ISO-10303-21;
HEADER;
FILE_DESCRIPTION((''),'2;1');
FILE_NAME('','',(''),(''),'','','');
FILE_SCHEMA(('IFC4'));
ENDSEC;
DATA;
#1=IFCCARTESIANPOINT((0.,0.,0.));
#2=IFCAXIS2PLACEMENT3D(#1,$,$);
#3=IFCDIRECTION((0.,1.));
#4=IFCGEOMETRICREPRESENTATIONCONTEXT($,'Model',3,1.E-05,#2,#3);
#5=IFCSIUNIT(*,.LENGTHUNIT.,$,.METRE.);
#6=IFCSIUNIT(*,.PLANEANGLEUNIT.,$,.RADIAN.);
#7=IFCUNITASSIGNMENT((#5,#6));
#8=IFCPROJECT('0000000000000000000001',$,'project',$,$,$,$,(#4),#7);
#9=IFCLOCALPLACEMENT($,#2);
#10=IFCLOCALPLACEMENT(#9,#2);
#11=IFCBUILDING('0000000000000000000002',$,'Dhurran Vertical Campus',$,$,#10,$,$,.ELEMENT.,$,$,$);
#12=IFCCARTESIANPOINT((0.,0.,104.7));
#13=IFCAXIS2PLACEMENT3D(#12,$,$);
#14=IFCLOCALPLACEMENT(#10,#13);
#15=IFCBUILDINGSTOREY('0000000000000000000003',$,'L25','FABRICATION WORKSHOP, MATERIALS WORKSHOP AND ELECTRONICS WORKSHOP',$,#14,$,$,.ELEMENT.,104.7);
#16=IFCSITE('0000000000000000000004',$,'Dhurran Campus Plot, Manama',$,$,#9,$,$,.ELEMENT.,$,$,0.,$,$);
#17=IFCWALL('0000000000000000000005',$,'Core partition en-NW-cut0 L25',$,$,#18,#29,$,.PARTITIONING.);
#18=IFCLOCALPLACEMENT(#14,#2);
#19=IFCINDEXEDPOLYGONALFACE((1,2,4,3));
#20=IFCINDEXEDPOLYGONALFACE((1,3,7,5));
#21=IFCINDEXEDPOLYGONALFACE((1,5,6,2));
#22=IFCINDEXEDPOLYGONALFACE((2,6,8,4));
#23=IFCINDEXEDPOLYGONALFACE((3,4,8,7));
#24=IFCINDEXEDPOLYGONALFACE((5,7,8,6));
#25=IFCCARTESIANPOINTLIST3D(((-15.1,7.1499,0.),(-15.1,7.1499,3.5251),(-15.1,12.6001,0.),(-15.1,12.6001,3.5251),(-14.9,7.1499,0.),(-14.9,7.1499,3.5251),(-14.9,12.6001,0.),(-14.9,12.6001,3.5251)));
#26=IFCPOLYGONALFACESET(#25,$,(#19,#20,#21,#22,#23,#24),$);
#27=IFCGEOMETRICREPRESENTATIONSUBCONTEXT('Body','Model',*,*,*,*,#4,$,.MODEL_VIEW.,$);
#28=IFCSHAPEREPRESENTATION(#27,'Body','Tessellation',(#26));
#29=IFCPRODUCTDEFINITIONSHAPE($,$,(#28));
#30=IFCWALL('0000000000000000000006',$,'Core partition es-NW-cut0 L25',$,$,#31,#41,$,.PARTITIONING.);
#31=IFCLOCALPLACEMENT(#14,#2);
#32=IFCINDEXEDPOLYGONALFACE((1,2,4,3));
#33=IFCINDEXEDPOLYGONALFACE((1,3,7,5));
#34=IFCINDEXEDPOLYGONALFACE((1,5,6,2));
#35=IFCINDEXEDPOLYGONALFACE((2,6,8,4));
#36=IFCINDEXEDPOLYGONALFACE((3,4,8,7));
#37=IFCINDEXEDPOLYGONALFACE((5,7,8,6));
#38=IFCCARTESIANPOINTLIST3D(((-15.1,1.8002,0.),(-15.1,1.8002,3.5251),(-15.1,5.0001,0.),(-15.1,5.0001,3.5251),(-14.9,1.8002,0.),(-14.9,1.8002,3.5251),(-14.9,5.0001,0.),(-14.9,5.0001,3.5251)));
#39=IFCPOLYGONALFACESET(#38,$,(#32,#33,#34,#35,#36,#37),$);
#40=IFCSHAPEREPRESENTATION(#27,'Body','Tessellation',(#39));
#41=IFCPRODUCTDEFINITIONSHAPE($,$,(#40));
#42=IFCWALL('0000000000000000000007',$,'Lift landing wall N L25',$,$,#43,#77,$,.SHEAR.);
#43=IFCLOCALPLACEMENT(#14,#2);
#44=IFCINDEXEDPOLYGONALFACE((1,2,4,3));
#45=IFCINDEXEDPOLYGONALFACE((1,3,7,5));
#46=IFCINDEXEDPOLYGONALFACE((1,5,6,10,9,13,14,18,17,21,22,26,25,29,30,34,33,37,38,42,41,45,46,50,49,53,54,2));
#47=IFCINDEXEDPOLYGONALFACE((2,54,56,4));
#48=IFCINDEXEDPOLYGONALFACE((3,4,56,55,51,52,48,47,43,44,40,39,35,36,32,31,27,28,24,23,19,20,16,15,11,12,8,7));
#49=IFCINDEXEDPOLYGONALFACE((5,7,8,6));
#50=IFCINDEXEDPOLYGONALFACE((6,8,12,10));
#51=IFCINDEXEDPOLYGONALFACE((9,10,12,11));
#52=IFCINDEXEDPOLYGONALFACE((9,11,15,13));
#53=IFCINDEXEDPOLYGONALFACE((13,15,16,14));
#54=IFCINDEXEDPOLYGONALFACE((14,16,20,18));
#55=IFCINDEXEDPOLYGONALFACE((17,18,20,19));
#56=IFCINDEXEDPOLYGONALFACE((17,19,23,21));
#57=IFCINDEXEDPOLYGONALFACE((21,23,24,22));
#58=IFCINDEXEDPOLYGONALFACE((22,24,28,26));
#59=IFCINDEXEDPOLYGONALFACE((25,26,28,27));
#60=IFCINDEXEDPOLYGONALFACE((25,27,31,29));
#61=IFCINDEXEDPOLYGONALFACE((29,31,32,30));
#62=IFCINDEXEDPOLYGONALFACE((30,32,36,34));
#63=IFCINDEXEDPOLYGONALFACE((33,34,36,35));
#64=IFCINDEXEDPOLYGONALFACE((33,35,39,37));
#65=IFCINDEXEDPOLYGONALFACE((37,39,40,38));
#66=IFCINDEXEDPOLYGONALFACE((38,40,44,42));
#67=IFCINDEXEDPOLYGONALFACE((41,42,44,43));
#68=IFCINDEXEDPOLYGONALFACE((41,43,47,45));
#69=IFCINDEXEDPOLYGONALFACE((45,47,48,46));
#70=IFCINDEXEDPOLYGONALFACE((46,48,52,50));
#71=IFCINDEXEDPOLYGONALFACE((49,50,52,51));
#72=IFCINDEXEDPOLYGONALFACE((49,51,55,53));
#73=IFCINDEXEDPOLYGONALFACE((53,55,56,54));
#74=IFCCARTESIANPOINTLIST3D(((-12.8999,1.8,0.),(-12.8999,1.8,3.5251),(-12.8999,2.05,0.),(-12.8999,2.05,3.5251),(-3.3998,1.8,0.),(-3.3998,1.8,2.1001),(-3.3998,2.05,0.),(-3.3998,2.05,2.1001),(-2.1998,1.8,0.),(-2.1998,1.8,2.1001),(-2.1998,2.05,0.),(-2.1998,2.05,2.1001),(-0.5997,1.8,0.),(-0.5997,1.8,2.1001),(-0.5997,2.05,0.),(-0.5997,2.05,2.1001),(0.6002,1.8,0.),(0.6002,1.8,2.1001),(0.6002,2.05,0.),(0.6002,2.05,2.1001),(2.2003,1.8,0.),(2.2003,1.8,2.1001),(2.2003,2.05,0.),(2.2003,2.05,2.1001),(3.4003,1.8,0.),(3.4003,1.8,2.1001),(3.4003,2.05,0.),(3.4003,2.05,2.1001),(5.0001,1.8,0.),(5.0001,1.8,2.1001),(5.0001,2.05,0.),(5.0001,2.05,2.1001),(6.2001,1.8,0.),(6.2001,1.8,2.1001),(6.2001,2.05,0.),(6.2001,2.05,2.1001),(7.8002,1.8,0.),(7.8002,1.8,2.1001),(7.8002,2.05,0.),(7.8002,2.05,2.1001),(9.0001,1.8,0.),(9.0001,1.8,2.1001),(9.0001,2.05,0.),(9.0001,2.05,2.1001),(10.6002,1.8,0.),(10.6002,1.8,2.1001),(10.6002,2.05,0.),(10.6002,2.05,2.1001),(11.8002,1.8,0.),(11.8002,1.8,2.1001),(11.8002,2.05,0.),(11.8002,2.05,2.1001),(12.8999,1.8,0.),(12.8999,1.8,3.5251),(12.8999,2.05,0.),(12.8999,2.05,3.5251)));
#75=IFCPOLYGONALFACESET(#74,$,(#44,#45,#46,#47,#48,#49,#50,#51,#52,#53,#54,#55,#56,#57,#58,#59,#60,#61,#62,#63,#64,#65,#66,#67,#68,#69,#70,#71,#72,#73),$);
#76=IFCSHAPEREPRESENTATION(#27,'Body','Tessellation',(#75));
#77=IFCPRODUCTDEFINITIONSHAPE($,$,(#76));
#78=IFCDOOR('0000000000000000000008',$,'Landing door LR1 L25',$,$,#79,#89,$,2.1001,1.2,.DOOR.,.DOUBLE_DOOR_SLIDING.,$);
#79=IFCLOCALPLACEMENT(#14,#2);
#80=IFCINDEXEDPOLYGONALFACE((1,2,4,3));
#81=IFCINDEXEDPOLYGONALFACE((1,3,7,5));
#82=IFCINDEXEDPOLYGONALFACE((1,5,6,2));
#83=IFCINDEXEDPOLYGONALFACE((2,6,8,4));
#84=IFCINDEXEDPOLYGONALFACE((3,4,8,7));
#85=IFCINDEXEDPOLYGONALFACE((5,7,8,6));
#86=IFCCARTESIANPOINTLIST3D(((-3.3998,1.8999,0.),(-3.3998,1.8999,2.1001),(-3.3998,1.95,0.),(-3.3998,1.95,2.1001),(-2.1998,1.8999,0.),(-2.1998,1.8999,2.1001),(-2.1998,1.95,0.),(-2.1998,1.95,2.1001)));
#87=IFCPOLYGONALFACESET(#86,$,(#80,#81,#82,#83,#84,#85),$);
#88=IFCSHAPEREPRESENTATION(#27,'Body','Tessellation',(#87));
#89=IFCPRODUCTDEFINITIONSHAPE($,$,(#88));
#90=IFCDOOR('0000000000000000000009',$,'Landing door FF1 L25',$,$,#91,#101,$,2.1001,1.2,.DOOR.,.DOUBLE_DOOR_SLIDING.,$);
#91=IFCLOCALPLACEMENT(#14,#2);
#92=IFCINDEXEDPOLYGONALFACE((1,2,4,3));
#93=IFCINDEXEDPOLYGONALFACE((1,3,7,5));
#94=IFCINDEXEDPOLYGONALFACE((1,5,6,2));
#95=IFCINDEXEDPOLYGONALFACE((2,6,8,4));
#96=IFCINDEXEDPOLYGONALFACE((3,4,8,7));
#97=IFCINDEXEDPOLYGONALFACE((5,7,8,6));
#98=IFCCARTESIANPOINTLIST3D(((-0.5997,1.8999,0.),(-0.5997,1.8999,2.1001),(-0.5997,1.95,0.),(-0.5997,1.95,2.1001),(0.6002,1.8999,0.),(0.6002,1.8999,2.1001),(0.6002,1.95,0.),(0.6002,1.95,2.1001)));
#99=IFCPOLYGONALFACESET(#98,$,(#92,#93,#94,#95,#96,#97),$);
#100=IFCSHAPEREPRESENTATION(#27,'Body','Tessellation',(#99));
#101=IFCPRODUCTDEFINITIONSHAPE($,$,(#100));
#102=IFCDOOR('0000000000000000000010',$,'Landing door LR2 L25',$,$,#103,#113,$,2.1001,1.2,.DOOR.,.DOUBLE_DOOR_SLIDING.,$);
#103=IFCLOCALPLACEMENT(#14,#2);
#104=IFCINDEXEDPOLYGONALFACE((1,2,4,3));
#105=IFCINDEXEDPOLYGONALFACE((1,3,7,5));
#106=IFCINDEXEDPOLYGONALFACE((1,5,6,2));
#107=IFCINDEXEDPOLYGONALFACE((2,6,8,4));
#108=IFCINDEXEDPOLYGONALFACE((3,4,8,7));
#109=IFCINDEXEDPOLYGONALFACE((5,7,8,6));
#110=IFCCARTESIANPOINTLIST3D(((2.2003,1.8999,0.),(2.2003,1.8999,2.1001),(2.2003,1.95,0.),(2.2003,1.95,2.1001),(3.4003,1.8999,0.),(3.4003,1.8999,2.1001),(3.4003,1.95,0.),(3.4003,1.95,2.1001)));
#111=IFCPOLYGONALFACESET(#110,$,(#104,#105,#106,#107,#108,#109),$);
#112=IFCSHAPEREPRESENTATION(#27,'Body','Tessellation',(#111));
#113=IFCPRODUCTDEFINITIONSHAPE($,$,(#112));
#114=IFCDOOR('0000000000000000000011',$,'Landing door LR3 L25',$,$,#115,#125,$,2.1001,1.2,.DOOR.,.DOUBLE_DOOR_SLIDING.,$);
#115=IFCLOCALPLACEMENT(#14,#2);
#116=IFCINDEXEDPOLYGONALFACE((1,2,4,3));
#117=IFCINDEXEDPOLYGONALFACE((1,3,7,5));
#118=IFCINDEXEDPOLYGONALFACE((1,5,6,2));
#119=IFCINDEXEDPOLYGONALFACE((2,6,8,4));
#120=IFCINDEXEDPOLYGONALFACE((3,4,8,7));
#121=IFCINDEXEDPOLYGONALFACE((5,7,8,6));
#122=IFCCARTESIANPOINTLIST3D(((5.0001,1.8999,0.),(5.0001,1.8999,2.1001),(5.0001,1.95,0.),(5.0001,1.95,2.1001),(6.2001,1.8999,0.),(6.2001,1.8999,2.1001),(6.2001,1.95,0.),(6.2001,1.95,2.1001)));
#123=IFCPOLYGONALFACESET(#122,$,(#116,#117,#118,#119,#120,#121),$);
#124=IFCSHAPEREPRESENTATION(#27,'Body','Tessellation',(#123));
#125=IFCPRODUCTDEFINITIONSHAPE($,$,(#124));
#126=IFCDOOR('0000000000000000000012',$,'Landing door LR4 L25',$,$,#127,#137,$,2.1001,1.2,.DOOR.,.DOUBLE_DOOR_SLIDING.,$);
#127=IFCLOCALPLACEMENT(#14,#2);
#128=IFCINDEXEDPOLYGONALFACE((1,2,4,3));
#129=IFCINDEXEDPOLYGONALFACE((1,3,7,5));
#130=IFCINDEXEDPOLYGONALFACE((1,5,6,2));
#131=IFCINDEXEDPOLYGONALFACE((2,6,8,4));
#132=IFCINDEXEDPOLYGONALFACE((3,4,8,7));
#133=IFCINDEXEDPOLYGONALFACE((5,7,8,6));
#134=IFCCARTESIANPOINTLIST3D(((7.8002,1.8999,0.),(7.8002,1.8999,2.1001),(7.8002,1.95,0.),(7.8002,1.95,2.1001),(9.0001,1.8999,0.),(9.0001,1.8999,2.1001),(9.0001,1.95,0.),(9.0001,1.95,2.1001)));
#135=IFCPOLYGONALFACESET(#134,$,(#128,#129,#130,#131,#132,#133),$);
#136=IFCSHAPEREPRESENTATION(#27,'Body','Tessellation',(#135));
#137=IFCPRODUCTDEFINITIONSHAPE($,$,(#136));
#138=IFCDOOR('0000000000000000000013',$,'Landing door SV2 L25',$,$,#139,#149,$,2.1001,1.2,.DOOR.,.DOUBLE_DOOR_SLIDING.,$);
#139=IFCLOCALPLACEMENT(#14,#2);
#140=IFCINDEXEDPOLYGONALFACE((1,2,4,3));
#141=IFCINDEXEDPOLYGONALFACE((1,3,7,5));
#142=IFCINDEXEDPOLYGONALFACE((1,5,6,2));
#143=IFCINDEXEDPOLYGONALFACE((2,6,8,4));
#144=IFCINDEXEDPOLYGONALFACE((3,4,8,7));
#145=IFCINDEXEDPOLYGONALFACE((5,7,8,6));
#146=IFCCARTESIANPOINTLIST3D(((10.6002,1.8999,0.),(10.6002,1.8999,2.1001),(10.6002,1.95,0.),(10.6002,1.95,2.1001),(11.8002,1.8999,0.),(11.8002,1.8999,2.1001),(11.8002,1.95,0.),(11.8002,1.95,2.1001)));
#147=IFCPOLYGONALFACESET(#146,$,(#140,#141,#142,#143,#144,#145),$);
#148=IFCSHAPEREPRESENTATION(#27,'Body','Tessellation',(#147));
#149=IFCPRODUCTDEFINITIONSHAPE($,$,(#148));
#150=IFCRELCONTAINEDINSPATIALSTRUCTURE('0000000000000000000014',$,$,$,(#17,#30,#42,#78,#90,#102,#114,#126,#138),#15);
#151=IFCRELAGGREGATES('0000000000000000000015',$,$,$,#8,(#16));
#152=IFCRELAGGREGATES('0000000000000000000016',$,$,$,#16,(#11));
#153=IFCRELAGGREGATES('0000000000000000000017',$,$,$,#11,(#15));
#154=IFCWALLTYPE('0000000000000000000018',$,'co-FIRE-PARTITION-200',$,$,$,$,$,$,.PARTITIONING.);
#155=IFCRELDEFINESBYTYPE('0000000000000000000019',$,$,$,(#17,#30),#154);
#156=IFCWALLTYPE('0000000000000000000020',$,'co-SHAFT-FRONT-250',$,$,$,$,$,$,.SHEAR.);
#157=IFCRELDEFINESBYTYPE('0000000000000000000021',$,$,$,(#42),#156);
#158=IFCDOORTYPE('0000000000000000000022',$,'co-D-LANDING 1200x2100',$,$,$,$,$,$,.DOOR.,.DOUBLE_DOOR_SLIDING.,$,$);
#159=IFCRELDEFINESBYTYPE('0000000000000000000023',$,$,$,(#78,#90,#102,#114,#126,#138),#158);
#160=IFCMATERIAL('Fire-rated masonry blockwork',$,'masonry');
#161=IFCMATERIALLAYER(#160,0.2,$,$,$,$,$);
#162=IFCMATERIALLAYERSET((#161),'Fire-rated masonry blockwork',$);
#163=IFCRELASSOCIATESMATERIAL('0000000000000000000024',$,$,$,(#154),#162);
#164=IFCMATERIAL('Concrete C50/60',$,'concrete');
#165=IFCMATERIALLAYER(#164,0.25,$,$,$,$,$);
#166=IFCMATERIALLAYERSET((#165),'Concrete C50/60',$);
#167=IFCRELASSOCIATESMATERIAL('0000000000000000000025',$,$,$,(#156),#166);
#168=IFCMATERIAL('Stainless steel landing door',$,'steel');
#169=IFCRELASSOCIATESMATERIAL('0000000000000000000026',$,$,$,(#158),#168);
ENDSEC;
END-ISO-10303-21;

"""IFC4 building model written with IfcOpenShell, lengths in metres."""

from ifc_helpers import new_model, si_unit, direction, frame, frame_2d, origin, place, context, subcontext, project, spatial, rectangle, extrude, material, layer, layer_set, type_object, element, fill, save


model = new_model("IFC4")

# Units and contexts
model_context = context("Model", 3, precision=1e-05, world=origin(), true_north=direction((0.0, 1.0)))
body_context = subcontext(model_context, "Body", "Model", "MODEL_VIEW")
ifc_project = project(units=[si_unit("LENGTHUNIT", "METRE"), si_unit("PLANEANGLEUNIT", "RADIAN")], contexts=[model_context])

# Site, building, storey
site_placement = place(None, origin())
site = spatial("IfcSite", under=ifc_project, at=site_placement, Name="Dhurran Campus Plot, Manama", CompositionType="ELEMENT", RefElevation=0.0)
building_placement = place(site_placement, origin())
building = spatial("IfcBuilding", under=site, at=building_placement, Name="Dhurran Vertical Campus", CompositionType="ELEMENT")
storey_placement = place(building_placement, frame((0.0, 0.0, 104.7)))
storey = spatial("IfcBuildingStorey", under=building, at=storey_placement, Name="L25", Description="FABRICATION WORKSHOP, MATERIALS WORKSHOP AND ELECTRONICS WORKSHOP", CompositionType="ELEMENT", Elevation=104.7)

# Walls
ifc_material_1 = material(Name="Fire-rated masonry blockwork", Category="masonry")
ifc_layer_1 = layer(ifc_material_1, 0.2)
ifc_layer_set_1 = layer_set([ifc_layer_1], Name="Fire-rated masonry blockwork")
wall_type_1 = type_object("IfcWallType", Name="co-FIRE-PARTITION-200", PredefinedType="PARTITIONING", material=ifc_layer_set_1)
wall_1_placement = place(storey_placement, frame((-15.0, 7.1499, 0.0), z_axis=(0.0, 0.0, 1.0), x_axis=(0.0, 1.0, 0.0)))
element("IfcWall", 1, at=wall_1_placement, inside=storey, type_object=wall_type_1, Name="Core partition en-NW-cut0 L25", PredefinedType="PARTITIONING", context=body_context, shape_type="SweptSolid", body=[
    extrude(rectangle(XDim=5.4502, YDim=0.2, at=frame_2d((2.7251, 0.0))), origin(), (0.0, 0.0, 1.0), 3.5251),
])
wall_2_placement = place(storey_placement, frame((-15.0, 1.8, 0.0), z_axis=(0.0, 0.0, 1.0), x_axis=(0.0, 1.0, 0.0)))
element("IfcWall", 2, at=wall_2_placement, inside=storey, type_object=wall_type_1, Name="Core partition es-NW-cut0 L25", PredefinedType="PARTITIONING", context=body_context, shape_type="SweptSolid", body=[
    extrude(rectangle(XDim=3.2, YDim=0.2, at=frame_2d((1.6001, 0.0))), origin(), (0.0, 0.0, 1.0), 3.5251),
])

# Wall, openings, doors
ifc_material_2 = material(Name="Concrete C50/60", Category="concrete")
ifc_layer_2 = layer(ifc_material_2, 0.25)
ifc_layer_set_2 = layer_set([ifc_layer_2], Name="Concrete C50/60")
wall_type_2 = type_object("IfcWallType", Name="co-SHAFT-FRONT-250", PredefinedType="SHEAR", material=ifc_layer_set_2)
wall_3_placement = place(storey_placement, frame((-12.8999, 1.925, 0.0), z_axis=(0.0, 0.0, 1.0), x_axis=(1.0, 0.0, 0.0)))
wall_3 = element("IfcWall", 3, at=wall_3_placement, inside=storey, type_object=wall_type_2, Name="Lift landing wall N L25", PredefinedType="SHEAR", context=body_context, shape_type="SweptSolid", body=[
    extrude(rectangle(XDim=25.7998, YDim=0.25, at=frame_2d((12.8999, 0.0))), origin(), (0.0, 0.0, 1.0), 3.5251),
])
opening_1_placement = place(wall_3_placement, frame((9.5, 0.0, 0.0)))
opening_1 = element("IfcOpeningElement", 4, at=opening_1_placement, cuts=wall_3, PredefinedType="OPENING", context=body_context, shape_type="SweptSolid", body=[
    extrude(rectangle(XDim=1.2, YDim=2.1001, at=frame_2d((0.6001, 1.05))), frame((0.0, 0.135, 0.0), z_axis=(0.0, -1.0, 0.0), x_axis=(1.0, 0.0, 0.0)), (0.0, 0.0, 1.0), 0.27),
])
opening_2_placement = place(wall_3_placement, frame((12.3, 0.0, 0.0)))
opening_2 = element("IfcOpeningElement", 5, at=opening_2_placement, cuts=wall_3, PredefinedType="OPENING", context=body_context, shape_type="SweptSolid", body=[
    extrude(rectangle(XDim=1.2, YDim=2.1001, at=frame_2d((0.6001, 1.05))), frame((0.0, 0.135, 0.0), z_axis=(0.0, -1.0, 0.0), x_axis=(1.0, 0.0, 0.0)), (0.0, 0.0, 1.0), 0.27),
])
opening_3_placement = place(wall_3_placement, frame((15.1001, 0.0, 0.0)))
opening_3 = element("IfcOpeningElement", 6, at=opening_3_placement, cuts=wall_3, PredefinedType="OPENING", context=body_context, shape_type="SweptSolid", body=[
    extrude(rectangle(XDim=1.2, YDim=2.1001, at=frame_2d((0.6001, 1.05))), frame((0.0, 0.135, 0.0), z_axis=(0.0, -1.0, 0.0), x_axis=(1.0, 0.0, 0.0)), (0.0, 0.0, 1.0), 0.27),
])
opening_4_placement = place(wall_3_placement, frame((17.8999, 0.0, 0.0)))
opening_4 = element("IfcOpeningElement", 7, at=opening_4_placement, cuts=wall_3, PredefinedType="OPENING", context=body_context, shape_type="SweptSolid", body=[
    extrude(rectangle(XDim=1.2, YDim=2.1001, at=frame_2d((0.6001, 1.05))), frame((0.0, 0.135, 0.0), z_axis=(0.0, -1.0, 0.0), x_axis=(1.0, 0.0, 0.0)), (0.0, 0.0, 1.0), 0.27),
])
opening_5_placement = place(wall_3_placement, frame((20.7, 0.0, 0.0)))
opening_5 = element("IfcOpeningElement", 8, at=opening_5_placement, cuts=wall_3, PredefinedType="OPENING", context=body_context, shape_type="SweptSolid", body=[
    extrude(rectangle(XDim=1.2, YDim=2.1001, at=frame_2d((0.6001, 1.05))), frame((0.0, 0.135, 0.0), z_axis=(0.0, -1.0, 0.0), x_axis=(1.0, 0.0, 0.0)), (0.0, 0.0, 1.0), 0.27),
])
opening_6_placement = place(wall_3_placement, frame((23.5, 0.0, 0.0)))
opening_6 = element("IfcOpeningElement", 9, at=opening_6_placement, cuts=wall_3, PredefinedType="OPENING", context=body_context, shape_type="SweptSolid", body=[
    extrude(rectangle(XDim=1.2, YDim=2.1001, at=frame_2d((0.6001, 1.05))), frame((0.0, 0.135, 0.0), z_axis=(0.0, -1.0, 0.0), x_axis=(1.0, 0.0, 0.0)), (0.0, 0.0, 1.0), 0.27),
])
ifc_material_3 = material(Name="Stainless steel landing door", Category="steel")
door_type_1 = type_object("IfcDoorType", Name="co-D-LANDING 1200x2100", OperationType="DOUBLE_DOOR_SLIDING", PredefinedType="DOOR", material=ifc_material_3)
door_1_placement = place(opening_1_placement, origin())
door_1 = element("IfcDoor", 10, at=door_1_placement, inside=storey, type_object=door_type_1, Name="Landing door LR1 L25", OperationType="DOUBLE_DOOR_SLIDING", OverallHeight=2.1001, OverallWidth=1.2, PredefinedType="DOOR", context=body_context, shape_type="SweptSolid", body=[
    extrude(rectangle(XDim=1.2, YDim=2.1001, at=frame_2d((0.6001, 1.05))), frame((0.0, 0.0249, 0.0), z_axis=(0.0, -1.0, 0.0), x_axis=(1.0, 0.0, 0.0)), (0.0, 0.0, 1.0), 0.05),
])
fill(opening_1, door_1)
door_2_placement = place(opening_2_placement, origin())
door_2 = element("IfcDoor", 11, at=door_2_placement, inside=storey, type_object=door_type_1, Name="Landing door FF1 L25", OperationType="DOUBLE_DOOR_SLIDING", OverallHeight=2.1001, OverallWidth=1.2, PredefinedType="DOOR", context=body_context, shape_type="SweptSolid", body=[
    extrude(rectangle(XDim=1.2, YDim=2.1001, at=frame_2d((0.6001, 1.05))), frame((0.0, 0.0249, 0.0), z_axis=(0.0, -1.0, 0.0), x_axis=(1.0, 0.0, 0.0)), (0.0, 0.0, 1.0), 0.05),
])
fill(opening_2, door_2)
door_3_placement = place(opening_3_placement, origin())
door_3 = element("IfcDoor", 12, at=door_3_placement, inside=storey, type_object=door_type_1, Name="Landing door LR2 L25", OperationType="DOUBLE_DOOR_SLIDING", OverallHeight=2.1001, OverallWidth=1.2, PredefinedType="DOOR", context=body_context, shape_type="SweptSolid", body=[
    extrude(rectangle(XDim=1.2, YDim=2.1001, at=frame_2d((0.6001, 1.05))), frame((0.0, 0.0249, 0.0), z_axis=(0.0, -1.0, 0.0), x_axis=(1.0, 0.0, 0.0)), (0.0, 0.0, 1.0), 0.05),
])
fill(opening_3, door_3)
door_4_placement = place(opening_4_placement, origin())
door_4 = element("IfcDoor", 13, at=door_4_placement, inside=storey, type_object=door_type_1, Name="Landing door LR3 L25", OperationType="DOUBLE_DOOR_SLIDING", OverallHeight=2.1001, OverallWidth=1.2, PredefinedType="DOOR", context=body_context, shape_type="SweptSolid", body=[
    extrude(rectangle(XDim=1.2, YDim=2.1001, at=frame_2d((0.6001, 1.05))), frame((0.0, 0.0249, 0.0), z_axis=(0.0, -1.0, 0.0), x_axis=(1.0, 0.0, 0.0)), (0.0, 0.0, 1.0), 0.05),
])
fill(opening_4, door_4)
door_5_placement = place(opening_5_placement, origin())
door_5 = element("IfcDoor", 14, at=door_5_placement, inside=storey, type_object=door_type_1, Name="Landing door LR4 L25", OperationType="DOUBLE_DOOR_SLIDING", OverallHeight=2.1001, OverallWidth=1.2, PredefinedType="DOOR", context=body_context, shape_type="SweptSolid", body=[
    extrude(rectangle(XDim=1.2, YDim=2.1001, at=frame_2d((0.6001, 1.05))), frame((0.0, 0.0249, 0.0), z_axis=(0.0, -1.0, 0.0), x_axis=(1.0, 0.0, 0.0)), (0.0, 0.0, 1.0), 0.05),
])
fill(opening_5, door_5)
door_6_placement = place(opening_6_placement, origin())
door_6 = element("IfcDoor", 15, at=door_6_placement, inside=storey, type_object=door_type_1, Name="Landing door SV2 L25", OperationType="DOUBLE_DOOR_SLIDING", OverallHeight=2.1001, OverallWidth=1.2, PredefinedType="DOOR", context=body_context, shape_type="SweptSolid", body=[
    extrude(rectangle(XDim=1.2, YDim=2.1001, at=frame_2d((0.6001, 1.05))), frame((0.0, 0.0249, 0.0), z_axis=(0.0, -1.0, 0.0), x_axis=(1.0, 0.0, 0.0)), (0.0, 0.0, 1.0), 0.05),
])
fill(opening_6, door_6)

save(model, "model.ifc")
